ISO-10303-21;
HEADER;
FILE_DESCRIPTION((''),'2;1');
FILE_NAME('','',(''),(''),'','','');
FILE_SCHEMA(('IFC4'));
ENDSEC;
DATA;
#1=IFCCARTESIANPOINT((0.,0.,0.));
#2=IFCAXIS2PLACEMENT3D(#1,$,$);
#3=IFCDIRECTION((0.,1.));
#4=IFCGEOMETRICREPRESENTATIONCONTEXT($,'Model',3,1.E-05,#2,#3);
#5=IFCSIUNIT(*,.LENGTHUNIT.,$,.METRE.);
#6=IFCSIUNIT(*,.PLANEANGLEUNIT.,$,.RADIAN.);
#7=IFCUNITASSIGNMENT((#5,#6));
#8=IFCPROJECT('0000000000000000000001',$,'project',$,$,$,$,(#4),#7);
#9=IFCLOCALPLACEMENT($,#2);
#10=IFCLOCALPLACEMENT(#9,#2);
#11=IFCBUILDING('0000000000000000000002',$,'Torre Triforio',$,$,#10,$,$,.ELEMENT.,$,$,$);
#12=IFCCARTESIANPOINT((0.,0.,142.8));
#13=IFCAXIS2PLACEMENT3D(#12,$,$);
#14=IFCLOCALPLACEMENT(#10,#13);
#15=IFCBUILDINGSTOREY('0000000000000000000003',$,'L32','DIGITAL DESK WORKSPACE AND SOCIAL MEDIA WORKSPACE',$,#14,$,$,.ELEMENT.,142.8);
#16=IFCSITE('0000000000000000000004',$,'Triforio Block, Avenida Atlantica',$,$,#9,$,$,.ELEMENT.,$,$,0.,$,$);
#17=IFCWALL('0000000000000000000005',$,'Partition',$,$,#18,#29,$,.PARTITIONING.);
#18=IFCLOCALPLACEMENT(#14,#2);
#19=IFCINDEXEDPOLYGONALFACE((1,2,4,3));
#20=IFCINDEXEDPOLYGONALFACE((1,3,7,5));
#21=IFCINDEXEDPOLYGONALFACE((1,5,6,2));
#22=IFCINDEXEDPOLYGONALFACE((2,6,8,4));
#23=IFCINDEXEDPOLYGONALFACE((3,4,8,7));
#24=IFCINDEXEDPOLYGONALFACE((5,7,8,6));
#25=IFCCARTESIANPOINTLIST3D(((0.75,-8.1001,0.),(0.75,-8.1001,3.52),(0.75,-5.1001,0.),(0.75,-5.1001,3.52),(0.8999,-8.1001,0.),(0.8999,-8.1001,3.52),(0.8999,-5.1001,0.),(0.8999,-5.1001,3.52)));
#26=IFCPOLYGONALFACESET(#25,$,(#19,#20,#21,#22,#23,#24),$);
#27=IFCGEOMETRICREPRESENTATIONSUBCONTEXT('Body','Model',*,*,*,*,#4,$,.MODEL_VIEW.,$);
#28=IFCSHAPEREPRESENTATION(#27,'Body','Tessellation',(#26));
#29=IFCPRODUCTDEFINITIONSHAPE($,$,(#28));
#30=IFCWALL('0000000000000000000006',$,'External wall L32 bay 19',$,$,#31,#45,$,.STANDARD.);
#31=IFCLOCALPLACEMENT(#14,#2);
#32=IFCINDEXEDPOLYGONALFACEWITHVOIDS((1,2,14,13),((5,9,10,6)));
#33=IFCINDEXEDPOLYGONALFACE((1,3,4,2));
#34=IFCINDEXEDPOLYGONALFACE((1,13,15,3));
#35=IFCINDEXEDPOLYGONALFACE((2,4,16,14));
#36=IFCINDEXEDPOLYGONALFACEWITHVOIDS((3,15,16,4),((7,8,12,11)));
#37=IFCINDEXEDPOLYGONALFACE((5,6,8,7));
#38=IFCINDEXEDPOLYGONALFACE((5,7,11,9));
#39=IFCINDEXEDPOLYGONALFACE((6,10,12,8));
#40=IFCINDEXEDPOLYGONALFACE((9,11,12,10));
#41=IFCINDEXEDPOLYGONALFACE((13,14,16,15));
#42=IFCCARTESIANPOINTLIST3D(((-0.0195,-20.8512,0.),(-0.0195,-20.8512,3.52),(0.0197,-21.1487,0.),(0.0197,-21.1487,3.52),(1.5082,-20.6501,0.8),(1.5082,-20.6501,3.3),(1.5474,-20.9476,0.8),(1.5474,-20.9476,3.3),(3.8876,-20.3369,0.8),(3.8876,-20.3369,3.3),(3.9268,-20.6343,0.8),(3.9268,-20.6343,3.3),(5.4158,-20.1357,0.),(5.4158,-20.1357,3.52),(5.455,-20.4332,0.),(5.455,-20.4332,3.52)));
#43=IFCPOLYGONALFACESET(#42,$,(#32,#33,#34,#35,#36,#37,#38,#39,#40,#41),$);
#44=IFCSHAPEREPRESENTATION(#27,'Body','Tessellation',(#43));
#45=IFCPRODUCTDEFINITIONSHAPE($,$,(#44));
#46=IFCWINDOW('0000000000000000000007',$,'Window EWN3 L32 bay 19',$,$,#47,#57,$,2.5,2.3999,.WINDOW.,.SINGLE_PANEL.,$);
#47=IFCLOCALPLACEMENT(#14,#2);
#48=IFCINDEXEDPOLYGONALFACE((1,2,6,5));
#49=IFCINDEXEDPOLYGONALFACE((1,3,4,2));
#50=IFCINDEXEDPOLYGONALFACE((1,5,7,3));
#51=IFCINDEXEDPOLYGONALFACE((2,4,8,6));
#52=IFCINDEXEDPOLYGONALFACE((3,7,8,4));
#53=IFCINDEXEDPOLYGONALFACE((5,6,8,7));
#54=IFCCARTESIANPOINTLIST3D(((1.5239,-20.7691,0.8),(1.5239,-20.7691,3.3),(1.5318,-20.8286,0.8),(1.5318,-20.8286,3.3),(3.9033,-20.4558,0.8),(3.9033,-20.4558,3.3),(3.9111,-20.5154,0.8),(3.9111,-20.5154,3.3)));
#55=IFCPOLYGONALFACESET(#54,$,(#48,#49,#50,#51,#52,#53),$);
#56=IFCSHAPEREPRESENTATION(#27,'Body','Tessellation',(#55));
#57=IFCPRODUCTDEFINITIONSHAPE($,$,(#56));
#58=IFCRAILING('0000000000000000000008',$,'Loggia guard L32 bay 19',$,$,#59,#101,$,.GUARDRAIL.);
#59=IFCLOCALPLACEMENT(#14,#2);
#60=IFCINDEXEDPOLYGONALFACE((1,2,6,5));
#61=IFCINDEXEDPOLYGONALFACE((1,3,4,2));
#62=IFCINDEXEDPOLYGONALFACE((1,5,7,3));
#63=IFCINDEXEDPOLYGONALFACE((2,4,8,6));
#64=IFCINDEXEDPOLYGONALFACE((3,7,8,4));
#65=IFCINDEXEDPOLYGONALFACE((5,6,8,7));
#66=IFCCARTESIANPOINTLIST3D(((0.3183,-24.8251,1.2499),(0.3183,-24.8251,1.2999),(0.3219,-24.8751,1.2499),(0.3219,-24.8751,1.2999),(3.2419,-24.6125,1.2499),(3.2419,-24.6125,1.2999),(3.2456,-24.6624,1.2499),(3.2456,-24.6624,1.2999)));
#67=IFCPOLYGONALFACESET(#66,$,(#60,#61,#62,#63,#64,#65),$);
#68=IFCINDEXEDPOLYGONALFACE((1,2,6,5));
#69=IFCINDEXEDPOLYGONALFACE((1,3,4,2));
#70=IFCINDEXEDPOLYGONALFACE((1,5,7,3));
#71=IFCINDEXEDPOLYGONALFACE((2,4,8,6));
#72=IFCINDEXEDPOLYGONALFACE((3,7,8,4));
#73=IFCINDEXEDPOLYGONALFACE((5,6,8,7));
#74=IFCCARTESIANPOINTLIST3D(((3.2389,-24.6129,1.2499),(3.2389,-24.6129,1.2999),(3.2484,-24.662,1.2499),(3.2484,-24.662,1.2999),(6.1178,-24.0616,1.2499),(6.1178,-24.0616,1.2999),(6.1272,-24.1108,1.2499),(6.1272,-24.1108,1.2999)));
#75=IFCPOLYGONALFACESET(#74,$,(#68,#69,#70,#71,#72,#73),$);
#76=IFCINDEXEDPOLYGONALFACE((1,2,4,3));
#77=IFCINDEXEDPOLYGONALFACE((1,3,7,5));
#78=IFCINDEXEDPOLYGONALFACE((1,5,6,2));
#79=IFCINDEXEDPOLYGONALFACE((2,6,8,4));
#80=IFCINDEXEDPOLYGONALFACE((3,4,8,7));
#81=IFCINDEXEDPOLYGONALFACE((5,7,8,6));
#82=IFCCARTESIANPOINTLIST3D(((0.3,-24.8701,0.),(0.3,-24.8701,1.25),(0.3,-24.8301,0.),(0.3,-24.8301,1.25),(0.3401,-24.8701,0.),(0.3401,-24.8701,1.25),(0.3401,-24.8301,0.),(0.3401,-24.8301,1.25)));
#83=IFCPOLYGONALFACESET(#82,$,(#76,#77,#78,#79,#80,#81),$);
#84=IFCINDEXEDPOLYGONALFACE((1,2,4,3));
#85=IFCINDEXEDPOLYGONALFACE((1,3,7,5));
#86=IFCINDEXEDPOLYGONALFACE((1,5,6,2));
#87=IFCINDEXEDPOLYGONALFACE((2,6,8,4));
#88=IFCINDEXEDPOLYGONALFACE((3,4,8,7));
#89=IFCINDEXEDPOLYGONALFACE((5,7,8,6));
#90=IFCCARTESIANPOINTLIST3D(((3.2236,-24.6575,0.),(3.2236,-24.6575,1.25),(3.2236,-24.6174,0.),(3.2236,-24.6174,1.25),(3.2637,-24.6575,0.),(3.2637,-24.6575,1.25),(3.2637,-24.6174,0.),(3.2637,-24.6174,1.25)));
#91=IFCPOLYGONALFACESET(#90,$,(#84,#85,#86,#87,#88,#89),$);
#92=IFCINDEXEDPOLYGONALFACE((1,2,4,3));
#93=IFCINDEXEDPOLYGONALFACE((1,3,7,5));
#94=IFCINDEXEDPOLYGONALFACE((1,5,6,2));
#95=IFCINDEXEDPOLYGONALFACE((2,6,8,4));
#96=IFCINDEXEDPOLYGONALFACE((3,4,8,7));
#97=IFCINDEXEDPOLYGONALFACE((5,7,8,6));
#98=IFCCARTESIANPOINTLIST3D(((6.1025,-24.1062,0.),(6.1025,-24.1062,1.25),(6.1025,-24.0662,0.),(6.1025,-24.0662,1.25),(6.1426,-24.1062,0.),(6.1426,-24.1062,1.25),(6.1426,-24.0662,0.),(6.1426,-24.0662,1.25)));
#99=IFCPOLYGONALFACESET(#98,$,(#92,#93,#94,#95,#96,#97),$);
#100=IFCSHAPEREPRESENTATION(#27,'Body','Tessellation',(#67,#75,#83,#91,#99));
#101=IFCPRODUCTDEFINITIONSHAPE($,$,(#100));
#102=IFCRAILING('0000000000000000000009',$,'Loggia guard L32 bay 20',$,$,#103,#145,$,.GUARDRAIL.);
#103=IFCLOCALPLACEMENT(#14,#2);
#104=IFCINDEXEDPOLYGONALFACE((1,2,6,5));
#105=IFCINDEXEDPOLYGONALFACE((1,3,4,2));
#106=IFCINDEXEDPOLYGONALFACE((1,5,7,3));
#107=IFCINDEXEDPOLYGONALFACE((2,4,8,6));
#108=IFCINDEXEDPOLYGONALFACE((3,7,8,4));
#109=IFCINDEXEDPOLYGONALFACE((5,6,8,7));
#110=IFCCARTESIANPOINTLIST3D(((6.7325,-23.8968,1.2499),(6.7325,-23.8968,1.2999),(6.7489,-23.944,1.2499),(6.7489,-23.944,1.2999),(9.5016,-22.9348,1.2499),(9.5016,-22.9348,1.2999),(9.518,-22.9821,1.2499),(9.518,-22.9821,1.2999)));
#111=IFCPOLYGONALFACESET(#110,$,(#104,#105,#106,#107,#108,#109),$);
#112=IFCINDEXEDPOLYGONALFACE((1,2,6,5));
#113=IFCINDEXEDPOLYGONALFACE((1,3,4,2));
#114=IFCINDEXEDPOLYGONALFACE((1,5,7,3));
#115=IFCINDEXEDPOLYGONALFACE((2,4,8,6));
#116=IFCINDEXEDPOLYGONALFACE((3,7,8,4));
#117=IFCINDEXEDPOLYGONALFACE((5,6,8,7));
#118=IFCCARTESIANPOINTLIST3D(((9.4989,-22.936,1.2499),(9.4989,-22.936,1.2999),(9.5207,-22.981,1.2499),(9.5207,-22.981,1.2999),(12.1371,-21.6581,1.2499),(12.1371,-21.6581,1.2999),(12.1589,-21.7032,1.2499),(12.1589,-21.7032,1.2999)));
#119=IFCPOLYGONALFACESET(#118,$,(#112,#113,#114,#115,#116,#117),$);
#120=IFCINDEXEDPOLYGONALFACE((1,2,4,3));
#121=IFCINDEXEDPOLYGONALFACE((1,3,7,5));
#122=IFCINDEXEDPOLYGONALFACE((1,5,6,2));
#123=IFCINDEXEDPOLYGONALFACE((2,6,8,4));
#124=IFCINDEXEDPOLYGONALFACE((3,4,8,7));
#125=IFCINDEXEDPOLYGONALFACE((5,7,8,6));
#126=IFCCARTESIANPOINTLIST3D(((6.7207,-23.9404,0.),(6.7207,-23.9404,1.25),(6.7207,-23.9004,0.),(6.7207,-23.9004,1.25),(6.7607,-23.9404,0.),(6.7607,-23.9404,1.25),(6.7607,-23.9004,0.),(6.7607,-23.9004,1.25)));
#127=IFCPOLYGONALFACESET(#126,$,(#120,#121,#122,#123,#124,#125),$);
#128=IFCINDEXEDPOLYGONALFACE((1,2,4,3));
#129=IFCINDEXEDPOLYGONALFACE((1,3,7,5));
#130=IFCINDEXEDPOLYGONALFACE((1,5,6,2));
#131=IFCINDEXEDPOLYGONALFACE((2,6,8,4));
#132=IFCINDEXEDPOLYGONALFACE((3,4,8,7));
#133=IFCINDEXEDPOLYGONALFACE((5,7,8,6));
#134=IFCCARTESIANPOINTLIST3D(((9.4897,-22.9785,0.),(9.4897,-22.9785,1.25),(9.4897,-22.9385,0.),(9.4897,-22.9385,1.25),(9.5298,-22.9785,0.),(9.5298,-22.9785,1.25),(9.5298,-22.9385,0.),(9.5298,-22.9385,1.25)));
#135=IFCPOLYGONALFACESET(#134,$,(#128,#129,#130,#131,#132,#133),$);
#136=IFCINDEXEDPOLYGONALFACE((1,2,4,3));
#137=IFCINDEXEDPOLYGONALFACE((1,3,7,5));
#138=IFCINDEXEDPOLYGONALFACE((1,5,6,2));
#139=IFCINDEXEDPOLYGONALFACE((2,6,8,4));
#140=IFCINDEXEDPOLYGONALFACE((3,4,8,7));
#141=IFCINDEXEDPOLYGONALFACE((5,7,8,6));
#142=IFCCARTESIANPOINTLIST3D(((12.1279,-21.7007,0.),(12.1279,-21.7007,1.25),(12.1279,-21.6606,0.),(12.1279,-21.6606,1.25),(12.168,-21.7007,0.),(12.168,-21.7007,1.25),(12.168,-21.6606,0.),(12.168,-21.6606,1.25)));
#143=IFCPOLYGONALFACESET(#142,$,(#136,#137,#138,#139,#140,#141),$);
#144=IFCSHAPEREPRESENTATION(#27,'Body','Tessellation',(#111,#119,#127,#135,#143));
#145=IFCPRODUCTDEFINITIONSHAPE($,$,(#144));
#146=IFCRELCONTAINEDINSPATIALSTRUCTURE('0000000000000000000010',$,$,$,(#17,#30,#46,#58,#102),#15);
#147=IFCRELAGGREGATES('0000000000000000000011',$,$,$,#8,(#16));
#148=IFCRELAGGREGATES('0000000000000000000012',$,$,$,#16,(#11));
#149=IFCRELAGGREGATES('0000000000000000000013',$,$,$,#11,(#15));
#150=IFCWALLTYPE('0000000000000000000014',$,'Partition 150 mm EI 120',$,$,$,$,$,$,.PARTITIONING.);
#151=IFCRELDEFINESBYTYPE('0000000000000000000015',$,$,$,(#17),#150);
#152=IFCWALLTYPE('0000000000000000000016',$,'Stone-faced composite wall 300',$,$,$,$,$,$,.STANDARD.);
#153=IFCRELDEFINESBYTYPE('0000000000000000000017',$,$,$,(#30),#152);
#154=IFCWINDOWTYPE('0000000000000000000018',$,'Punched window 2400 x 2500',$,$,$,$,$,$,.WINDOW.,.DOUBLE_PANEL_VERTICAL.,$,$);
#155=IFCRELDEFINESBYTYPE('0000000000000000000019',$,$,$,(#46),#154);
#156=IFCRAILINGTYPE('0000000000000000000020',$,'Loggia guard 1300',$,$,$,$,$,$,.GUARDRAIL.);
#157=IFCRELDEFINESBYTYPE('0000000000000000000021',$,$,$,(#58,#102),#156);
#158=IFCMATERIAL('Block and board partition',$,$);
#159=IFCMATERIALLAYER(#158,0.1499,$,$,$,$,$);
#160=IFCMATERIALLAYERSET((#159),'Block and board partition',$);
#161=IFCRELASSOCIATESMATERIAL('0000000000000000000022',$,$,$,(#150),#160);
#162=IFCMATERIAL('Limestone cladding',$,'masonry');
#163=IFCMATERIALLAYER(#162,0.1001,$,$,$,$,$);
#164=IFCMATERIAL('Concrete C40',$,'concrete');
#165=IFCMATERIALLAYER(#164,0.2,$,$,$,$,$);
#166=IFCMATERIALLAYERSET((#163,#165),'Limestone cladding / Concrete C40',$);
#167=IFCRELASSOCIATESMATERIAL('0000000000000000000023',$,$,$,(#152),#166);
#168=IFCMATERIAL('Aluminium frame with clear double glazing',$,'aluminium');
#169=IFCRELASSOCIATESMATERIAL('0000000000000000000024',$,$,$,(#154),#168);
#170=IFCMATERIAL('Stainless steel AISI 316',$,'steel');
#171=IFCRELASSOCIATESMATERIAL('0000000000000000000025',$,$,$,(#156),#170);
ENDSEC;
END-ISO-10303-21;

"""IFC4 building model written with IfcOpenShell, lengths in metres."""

from ifc_helpers import new_model, si_unit, direction, frame, frame_2d, origin, origin_2d, place, context, subcontext, project, spatial, rectangle, extrude, material, layer, layer_set, type_object, element, fill, save


model = new_model("IFC4")

# Units and contexts
model_context = context("Model", 3, precision=1e-05, world=origin(), true_north=direction((0.0, 1.0)))
body_context = subcontext(model_context, "Body", "Model", "MODEL_VIEW")
ifc_project = project(units=[si_unit("LENGTHUNIT", "METRE"), si_unit("PLANEANGLEUNIT", "RADIAN")], contexts=[model_context])

# Site, building, storey
site_placement = place(None, origin())
site = spatial("IfcSite", under=ifc_project, at=site_placement, Name="Triforio Block, Avenida Atlantica", CompositionType="ELEMENT", RefElevation=0.0)
building_placement = place(site_placement, origin())
building = spatial("IfcBuilding", under=site, at=building_placement, Name="Torre Triforio", CompositionType="ELEMENT")
storey_placement = place(building_placement, frame((0.0, 0.0, 142.8)))
storey = spatial("IfcBuildingStorey", under=building, at=storey_placement, Name="L32", Description="DIGITAL DESK WORKSPACE AND SOCIAL MEDIA WORKSPACE", CompositionType="ELEMENT", Elevation=142.8)

# Wall
ifc_material_1 = material(Name="Block and board partition")
ifc_layer_1 = layer(ifc_material_1, 0.1499)
ifc_layer_set_1 = layer_set([ifc_layer_1], Name="Block and board partition")
wall_type_1 = type_object("IfcWallType", Name="Partition 150 mm EI 120", PredefinedType="PARTITIONING", material=ifc_layer_set_1)
wall_1_placement = place(storey_placement, frame((0.825, -8.1001, 0.0), z_axis=(0.0, 0.0, 1.0), x_axis=(0.0, 1.0, 0.0)))
element("IfcWall", 1, at=wall_1_placement, inside=storey, type_object=wall_type_1, Name="Partition", PredefinedType="PARTITIONING", context=body_context, shape_type="SweptSolid", body=[
    extrude(rectangle(XDim=3.0, YDim=0.1499, at=frame_2d((1.5, 0.0))), origin(), (0.0, 0.0, 1.0), 3.52),
])

# Wall, opening, window
ifc_material_2 = material(Name="Limestone cladding", Category="masonry")
ifc_layer_2 = layer(ifc_material_2, 0.1001)
ifc_material_3 = material(Name="Concrete C40", Category="concrete")
ifc_layer_3 = layer(ifc_material_3, 0.2)
ifc_layer_set_2 = layer_set([ifc_layer_2, ifc_layer_3], Name="Limestone cladding / Concrete C40")
wall_type_2 = type_object("IfcWallType", Name="Stone-faced composite wall 300", PredefinedType="STANDARD", material=ifc_layer_set_2)
wall_2_placement = place(storey_placement, frame((0.0, -21.0, 0.0), z_axis=(0.0, 0.0, 1.0), x_axis=(0.991445, 0.130527, 0.0)))
wall_2 = element("IfcWall", 2, at=wall_2_placement, inside=storey, type_object=wall_type_2, Name="External wall L32 bay 19", PredefinedType="STANDARD", context=body_context, shape_type="SweptSolid", body=[
    extrude(rectangle(XDim=5.4822, YDim=0.3, at=frame_2d((2.7412, 0.0))), origin(), (0.0, 0.0, 1.0), 3.52),
])
opening_1_placement = place(wall_2_placement, frame((1.541, 0.0, 0.8)))
opening_1 = element("IfcOpeningElement", 3, at=opening_1_placement, cuts=wall_2, PredefinedType="OPENING", context=body_context, shape_type="SweptSolid", body=[
    extrude(rectangle(XDim=2.3999, YDim=2.5, at=frame_2d((1.2, 1.25))), frame((0.0, 0.1599, 0.0), z_axis=(0.0, -1.0, 0.0), x_axis=(1.0, 0.0, 0.0)), (0.0, 0.0, 1.0), 0.3201),
])
ifc_material_4 = material(Name="Aluminium frame with clear double glazing", Category="aluminium")
window_type_1 = type_object("IfcWindowType", Name="Punched window 2400 x 2500", PartitioningType="DOUBLE_PANEL_VERTICAL", PredefinedType="WINDOW", material=ifc_material_4)
window_1_placement = place(opening_1_placement, origin())
window_1 = element("IfcWindow", 4, at=window_1_placement, inside=storey, type_object=window_type_1, Name="Window EWN3 L32 bay 19", OverallHeight=2.5, OverallWidth=2.3999, PartitioningType="SINGLE_PANEL", PredefinedType="WINDOW", context=body_context, shape_type="SweptSolid", body=[
    extrude(rectangle(XDim=2.3999, YDim=2.5, at=frame_2d((1.2, 1.25))), frame((0.0, 0.03, 0.0), z_axis=(0.0, -1.0, 0.0), x_axis=(1.0, 0.0, 0.0)), (0.0, 0.0, 1.0), 0.0601),
])
fill(opening_1, window_1)

# Railings
ifc_material_5 = material(Name="Stainless steel AISI 316", Category="steel")
railing_type = type_object("IfcRailingType", Name="Loggia guard 1300", PredefinedType="GUARDRAIL", material=ifc_material_5)
railing_1_placement = place(storey_placement, frame((0.3201, -24.8501, 0.0)))
element("IfcRailing", 5, at=railing_1_placement, inside=storey, type_object=railing_type, Name="Loggia guard L32 bay 19", PredefinedType="GUARDRAIL", context=body_context, shape_type="SweptSolid", body=[
    extrude(rectangle(XDim=0.05, YDim=0.05, at=origin_2d()), frame((0.0, 0.0, 1.2749), z_axis=(0.997365, 0.072543, 0.0), x_axis=(-0.072543, 0.997365, 0.0)), (0.0, 0.0, 1.0), 2.9314),
    extrude(rectangle(XDim=0.05, YDim=0.05, at=origin_2d()), frame((2.9236, 0.2126, 1.2749), z_axis=(0.982156, 0.188069, 0.0), x_axis=(-0.188069, 0.982156, 0.0)), (0.0, 0.0, 1.0), 2.9312),
    extrude(rectangle(XDim=0.04, YDim=0.04, at=origin_2d()), origin(), (0.0, 0.0, 1.0), 1.25),
    extrude(rectangle(XDim=0.04, YDim=0.04, at=origin_2d()), frame((2.9236, 0.2126, 0.0)), (0.0, 0.0, 1.0), 1.25),
    extrude(rectangle(XDim=0.04, YDim=0.04, at=origin_2d()), frame((5.8025, 0.7639, 0.0)), (0.0, 0.0, 1.0), 1.25),
])
railing_2_placement = place(storey_placement, frame((6.7407, -23.9204, 0.0)))
element("IfcRailing", 6, at=railing_2_placement, inside=storey, type_object=railing_type, Name="Loggia guard L32 bay 20", PredefinedType="GUARDRAIL", context=body_context, shape_type="SweptSolid", body=[
    extrude(rectangle(XDim=0.05, YDim=0.05, at=origin_2d()), frame((0.0, 0.0, 1.2749), z_axis=(0.944627, 0.328146, 0.0), x_axis=(-0.328146, 0.944627, 0.0)), (0.0, 0.0, 1.0), 2.9314),
    extrude(rectangle(XDim=0.05, YDim=0.05, at=origin_2d()), frame((2.769, 0.9619, 1.2749), z_axis=(0.899986, 0.435918, 0.0), x_axis=(-0.435918, 0.899986, 0.0)), (0.0, 0.0, 1.0), 2.9314),
    extrude(rectangle(XDim=0.04, YDim=0.04, at=origin_2d()), origin(), (0.0, 0.0, 1.0), 1.25),
    extrude(rectangle(XDim=0.04, YDim=0.04, at=origin_2d()), frame((2.769, 0.9619, 0.0)), (0.0, 0.0, 1.0), 1.25),
    extrude(rectangle(XDim=0.04, YDim=0.04, at=origin_2d()), frame((5.4072, 2.2397, 0.0)), (0.0, 0.0, 1.0), 1.25),
])

save(model, "model.ifc")
